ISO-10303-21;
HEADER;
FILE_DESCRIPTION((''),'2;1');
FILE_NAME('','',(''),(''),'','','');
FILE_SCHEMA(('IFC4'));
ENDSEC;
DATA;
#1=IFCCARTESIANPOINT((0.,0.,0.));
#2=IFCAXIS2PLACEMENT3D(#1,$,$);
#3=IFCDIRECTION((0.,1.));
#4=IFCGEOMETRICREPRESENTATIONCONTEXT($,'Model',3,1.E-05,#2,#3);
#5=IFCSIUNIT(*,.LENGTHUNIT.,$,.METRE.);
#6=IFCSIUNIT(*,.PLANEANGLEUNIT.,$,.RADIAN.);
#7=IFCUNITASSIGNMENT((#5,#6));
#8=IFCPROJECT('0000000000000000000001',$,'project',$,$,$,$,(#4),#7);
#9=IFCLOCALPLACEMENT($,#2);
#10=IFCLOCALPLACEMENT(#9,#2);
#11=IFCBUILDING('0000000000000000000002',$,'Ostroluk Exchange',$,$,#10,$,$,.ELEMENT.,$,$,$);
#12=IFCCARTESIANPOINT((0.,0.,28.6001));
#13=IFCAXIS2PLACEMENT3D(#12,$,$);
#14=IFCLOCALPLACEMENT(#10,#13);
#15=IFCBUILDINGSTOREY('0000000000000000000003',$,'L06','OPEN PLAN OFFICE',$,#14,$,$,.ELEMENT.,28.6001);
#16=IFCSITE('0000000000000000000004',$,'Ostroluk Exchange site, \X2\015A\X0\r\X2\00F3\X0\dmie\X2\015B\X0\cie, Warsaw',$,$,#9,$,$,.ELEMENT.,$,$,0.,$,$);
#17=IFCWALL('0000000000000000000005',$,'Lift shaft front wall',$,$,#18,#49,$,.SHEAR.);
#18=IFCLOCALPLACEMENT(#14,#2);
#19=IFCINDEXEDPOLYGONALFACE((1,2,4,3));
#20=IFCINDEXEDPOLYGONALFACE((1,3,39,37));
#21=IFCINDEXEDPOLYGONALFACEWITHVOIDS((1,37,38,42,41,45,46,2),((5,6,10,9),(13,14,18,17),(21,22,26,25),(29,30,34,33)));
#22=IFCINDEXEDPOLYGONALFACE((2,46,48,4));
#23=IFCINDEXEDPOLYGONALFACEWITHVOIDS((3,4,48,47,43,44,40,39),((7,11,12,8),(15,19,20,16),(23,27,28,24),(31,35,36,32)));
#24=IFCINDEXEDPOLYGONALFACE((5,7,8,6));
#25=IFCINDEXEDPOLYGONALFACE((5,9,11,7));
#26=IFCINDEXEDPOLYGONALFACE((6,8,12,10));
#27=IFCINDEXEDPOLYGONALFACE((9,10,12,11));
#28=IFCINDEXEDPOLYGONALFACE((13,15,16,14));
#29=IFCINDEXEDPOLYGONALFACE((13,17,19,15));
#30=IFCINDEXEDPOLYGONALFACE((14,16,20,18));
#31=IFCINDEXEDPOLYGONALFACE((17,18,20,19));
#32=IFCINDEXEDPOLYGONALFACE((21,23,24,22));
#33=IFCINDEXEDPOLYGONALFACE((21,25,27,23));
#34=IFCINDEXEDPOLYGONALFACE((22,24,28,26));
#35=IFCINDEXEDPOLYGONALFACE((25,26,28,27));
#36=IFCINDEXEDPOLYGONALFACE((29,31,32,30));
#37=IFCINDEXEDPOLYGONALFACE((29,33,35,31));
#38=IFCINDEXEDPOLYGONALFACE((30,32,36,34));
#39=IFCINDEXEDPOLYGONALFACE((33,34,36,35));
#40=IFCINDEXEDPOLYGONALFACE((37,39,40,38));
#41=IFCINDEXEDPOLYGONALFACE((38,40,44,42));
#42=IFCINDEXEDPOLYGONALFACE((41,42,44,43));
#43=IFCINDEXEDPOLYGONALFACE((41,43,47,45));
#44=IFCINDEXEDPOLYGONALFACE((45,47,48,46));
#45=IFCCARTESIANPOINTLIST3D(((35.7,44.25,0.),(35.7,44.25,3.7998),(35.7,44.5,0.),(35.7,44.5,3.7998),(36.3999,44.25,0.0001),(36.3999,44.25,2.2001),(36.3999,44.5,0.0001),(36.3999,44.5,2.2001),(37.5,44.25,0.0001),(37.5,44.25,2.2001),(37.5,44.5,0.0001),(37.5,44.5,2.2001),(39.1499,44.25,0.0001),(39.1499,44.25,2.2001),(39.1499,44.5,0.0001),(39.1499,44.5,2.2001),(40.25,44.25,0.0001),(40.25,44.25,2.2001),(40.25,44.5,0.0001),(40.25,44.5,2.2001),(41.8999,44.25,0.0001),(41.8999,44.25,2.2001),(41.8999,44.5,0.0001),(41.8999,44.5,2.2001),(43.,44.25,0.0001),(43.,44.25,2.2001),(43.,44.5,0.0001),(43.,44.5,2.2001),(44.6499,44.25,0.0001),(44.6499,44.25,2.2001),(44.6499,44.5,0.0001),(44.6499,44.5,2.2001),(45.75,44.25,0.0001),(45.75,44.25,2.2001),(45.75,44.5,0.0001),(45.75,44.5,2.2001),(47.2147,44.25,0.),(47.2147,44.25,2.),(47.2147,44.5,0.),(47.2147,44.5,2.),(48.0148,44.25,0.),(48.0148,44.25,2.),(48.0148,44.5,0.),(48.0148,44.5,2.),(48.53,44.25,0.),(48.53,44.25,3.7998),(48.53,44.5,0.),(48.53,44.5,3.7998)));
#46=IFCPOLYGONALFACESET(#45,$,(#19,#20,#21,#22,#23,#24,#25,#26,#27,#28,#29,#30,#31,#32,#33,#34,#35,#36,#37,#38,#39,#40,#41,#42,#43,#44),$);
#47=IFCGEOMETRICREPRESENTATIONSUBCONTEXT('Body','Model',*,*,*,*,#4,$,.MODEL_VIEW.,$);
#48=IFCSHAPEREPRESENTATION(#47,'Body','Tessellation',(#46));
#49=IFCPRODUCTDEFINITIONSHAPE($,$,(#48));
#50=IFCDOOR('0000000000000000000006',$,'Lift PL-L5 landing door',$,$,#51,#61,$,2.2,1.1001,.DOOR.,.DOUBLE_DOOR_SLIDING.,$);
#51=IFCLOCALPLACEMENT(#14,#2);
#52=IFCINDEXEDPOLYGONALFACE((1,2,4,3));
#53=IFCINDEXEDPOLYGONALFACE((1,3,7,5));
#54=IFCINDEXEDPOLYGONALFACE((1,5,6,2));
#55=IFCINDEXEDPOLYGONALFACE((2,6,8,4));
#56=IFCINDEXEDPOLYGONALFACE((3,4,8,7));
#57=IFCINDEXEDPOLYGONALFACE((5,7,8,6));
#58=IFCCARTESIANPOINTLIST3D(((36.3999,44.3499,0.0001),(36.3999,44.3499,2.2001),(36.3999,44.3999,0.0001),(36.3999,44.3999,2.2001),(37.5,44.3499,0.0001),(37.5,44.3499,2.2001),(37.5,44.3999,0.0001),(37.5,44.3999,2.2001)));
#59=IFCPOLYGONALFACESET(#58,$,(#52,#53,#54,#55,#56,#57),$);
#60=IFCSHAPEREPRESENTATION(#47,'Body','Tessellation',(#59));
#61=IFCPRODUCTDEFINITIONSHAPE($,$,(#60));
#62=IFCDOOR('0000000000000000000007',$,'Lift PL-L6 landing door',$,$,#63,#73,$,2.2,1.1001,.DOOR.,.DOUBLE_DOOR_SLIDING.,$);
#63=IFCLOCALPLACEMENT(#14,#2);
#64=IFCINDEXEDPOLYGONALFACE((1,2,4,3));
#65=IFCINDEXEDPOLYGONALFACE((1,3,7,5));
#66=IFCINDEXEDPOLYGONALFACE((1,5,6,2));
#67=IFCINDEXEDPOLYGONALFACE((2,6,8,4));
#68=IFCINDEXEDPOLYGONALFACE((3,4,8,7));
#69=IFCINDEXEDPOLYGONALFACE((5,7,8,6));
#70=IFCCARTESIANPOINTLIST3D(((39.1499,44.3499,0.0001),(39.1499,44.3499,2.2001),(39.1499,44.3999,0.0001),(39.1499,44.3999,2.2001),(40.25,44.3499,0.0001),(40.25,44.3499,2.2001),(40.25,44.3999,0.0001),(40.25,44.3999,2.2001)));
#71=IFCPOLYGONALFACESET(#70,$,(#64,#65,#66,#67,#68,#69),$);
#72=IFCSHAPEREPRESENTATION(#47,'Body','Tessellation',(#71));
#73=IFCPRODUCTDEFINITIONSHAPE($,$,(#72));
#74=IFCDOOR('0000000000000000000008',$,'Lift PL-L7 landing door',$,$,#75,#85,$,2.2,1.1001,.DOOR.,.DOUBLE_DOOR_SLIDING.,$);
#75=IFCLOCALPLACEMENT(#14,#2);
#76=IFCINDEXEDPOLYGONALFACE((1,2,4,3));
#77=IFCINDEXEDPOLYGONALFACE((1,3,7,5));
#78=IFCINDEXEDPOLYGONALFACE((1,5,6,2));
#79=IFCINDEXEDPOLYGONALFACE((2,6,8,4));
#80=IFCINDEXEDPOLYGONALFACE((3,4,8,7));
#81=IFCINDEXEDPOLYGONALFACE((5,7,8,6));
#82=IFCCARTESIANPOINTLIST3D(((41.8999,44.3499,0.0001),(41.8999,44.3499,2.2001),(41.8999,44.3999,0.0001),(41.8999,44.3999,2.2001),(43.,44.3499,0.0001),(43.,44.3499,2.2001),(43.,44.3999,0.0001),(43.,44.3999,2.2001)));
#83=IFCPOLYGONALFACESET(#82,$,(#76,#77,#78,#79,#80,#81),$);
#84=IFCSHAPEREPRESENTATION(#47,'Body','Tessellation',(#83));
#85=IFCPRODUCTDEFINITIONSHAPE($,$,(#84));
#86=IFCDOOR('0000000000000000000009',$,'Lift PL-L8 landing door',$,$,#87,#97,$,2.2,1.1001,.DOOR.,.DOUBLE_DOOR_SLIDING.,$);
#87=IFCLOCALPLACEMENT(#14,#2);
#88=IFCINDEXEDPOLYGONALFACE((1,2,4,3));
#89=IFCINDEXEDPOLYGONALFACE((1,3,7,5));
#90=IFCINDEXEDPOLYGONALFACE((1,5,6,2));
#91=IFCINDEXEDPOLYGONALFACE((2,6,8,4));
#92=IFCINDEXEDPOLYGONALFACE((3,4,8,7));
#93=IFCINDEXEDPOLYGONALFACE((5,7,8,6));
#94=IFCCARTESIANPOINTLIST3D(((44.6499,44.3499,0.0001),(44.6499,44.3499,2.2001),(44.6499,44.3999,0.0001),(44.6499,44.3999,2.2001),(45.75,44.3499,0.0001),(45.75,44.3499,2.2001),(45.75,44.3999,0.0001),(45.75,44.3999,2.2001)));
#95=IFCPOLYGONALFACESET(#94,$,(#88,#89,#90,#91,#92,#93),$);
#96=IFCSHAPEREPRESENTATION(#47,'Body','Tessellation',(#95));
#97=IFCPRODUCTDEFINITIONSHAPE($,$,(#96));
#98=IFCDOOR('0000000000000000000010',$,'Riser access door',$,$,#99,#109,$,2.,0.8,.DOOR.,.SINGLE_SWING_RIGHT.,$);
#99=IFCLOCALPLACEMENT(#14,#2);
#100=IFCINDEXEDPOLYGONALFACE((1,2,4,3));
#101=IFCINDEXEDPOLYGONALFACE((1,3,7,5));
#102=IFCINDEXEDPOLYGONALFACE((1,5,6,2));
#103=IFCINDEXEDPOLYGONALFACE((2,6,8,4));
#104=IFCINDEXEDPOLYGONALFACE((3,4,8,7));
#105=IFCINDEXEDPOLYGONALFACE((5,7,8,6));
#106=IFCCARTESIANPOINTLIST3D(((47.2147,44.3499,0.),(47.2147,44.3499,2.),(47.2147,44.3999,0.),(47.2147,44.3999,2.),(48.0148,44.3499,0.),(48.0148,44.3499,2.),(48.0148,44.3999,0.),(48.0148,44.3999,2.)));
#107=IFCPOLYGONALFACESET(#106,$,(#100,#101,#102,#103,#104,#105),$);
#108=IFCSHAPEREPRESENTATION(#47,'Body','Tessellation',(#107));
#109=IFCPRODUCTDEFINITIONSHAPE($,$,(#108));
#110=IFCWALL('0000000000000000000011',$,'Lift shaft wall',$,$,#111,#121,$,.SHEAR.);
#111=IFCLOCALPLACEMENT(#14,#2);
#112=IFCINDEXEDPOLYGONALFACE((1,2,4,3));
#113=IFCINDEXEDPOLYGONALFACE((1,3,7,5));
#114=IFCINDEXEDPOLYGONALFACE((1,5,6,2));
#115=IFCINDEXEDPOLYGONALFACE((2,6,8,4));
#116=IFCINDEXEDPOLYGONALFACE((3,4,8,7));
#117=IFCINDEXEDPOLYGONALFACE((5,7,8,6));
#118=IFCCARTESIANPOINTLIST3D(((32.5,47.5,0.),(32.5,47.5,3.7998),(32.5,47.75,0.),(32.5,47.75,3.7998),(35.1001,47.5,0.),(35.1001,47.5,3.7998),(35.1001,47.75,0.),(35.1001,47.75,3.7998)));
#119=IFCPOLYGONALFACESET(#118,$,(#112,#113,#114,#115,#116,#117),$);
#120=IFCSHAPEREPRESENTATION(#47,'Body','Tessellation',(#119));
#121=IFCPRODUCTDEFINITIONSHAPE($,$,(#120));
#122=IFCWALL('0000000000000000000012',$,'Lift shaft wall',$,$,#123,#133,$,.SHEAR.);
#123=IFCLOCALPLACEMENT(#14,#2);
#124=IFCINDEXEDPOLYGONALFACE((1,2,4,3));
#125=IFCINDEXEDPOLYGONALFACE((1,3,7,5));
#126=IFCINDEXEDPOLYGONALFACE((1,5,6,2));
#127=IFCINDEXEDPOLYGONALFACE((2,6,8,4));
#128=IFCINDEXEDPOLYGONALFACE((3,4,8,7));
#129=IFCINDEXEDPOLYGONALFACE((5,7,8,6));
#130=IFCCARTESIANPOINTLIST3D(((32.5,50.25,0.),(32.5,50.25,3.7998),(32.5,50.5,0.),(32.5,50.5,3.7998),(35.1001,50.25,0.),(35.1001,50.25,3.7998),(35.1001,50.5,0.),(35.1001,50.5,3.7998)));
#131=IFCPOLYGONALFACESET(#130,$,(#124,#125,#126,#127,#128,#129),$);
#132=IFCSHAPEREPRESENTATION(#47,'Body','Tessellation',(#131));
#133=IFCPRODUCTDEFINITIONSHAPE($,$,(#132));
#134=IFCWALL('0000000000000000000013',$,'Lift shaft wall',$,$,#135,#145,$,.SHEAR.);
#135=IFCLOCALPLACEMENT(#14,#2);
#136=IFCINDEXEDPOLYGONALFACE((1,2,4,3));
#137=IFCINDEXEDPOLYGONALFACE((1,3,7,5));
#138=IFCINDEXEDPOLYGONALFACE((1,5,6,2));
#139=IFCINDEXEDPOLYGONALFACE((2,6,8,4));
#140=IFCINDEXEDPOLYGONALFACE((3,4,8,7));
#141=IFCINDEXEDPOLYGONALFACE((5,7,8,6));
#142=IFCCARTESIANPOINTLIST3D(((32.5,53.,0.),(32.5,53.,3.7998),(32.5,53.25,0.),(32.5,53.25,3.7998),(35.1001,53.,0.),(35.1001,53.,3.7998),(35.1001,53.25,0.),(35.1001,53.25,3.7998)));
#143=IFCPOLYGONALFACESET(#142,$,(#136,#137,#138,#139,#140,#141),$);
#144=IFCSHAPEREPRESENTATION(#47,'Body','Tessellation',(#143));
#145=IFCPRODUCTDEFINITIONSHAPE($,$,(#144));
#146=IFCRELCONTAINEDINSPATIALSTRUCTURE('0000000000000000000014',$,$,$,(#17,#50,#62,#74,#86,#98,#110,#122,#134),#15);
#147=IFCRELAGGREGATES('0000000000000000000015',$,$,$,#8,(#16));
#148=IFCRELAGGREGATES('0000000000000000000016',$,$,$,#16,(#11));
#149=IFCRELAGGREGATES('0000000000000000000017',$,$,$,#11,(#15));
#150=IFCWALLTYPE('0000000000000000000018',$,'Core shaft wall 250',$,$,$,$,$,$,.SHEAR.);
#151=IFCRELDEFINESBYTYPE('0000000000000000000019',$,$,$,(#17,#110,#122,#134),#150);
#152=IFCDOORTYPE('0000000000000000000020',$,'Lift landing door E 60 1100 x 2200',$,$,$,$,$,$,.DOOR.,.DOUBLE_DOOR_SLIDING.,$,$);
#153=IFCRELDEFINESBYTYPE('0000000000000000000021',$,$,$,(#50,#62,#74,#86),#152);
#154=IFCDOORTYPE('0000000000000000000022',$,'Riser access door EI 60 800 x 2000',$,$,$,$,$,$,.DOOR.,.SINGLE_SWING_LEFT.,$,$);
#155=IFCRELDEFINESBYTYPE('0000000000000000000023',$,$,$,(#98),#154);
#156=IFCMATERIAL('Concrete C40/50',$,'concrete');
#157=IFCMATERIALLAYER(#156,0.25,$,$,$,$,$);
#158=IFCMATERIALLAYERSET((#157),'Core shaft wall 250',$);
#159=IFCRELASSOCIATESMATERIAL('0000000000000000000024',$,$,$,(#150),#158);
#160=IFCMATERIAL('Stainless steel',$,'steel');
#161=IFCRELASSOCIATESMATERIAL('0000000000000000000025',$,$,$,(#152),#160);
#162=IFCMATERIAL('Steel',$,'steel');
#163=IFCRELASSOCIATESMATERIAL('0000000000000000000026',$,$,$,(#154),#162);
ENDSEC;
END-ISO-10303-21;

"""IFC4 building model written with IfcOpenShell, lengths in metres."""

from ifc_helpers import new_model, si_unit, direction, frame, frame_2d, origin, place, context, subcontext, project, spatial, rectangle, extrude, material, layer, layer_set, type_object, element, fill, save


model = new_model("IFC4")

# Units and contexts
model_context = context("Model", 3, precision=1e-05, world=origin(), true_north=direction((0.0, 1.0)))
body_context = subcontext(model_context, "Body", "Model", "MODEL_VIEW")
ifc_project = project(units=[si_unit("LENGTHUNIT", "METRE"), si_unit("PLANEANGLEUNIT", "RADIAN")], contexts=[model_context])

# Site, building, storey
site_placement = place(None, origin())
site = spatial("IfcSite", under=ifc_project, at=site_placement, Name="Ostroluk Exchange site, Śródmieście, Warsaw", CompositionType="ELEMENT", RefElevation=0.0)
building_placement = place(site_placement, origin())
building = spatial("IfcBuilding", under=site, at=building_placement, Name="Ostroluk Exchange", CompositionType="ELEMENT")
storey_placement = place(building_placement, frame((0.0, 0.0, 28.6001)))
storey = spatial("IfcBuildingStorey", under=building, at=storey_placement, Name="L06", Description="OPEN PLAN OFFICE", CompositionType="ELEMENT", Elevation=28.6001)

# Shared definitions
ifc_material_1 = material(Name="Concrete C40/50", Category="concrete")
ifc_layer_1 = layer(ifc_material_1, 0.25)
ifc_layer_set_1 = layer_set([ifc_layer_1], Name="Core shaft wall 250")
wall_type_1 = type_object("IfcWallType", Name="Core shaft wall 250", PredefinedType="SHEAR", material=ifc_layer_set_1)

# Wall, openings, doors
ifc_material_2 = material(Name="Stainless steel", Category="steel")
door_type_1 = type_object("IfcDoorType", Name="Lift landing door E 60 1100 x 2200", OperationType="DOUBLE_DOOR_SLIDING", PredefinedType="DOOR", material=ifc_material_2)
ifc_material_3 = material(Name="Steel", Category="steel")
door_type_2 = type_object("IfcDoorType", Name="Riser access door EI 60 800 x 2000", OperationType="SINGLE_SWING_LEFT", PredefinedType="DOOR", material=ifc_material_3)
wall_1_placement = place(storey_placement, frame((35.7, 44.375, 0.0), z_axis=(0.0, 0.0, 1.0), x_axis=(1.0, 0.0, 0.0)))
wall_1 = element("IfcWall", 1, at=wall_1_placement, inside=storey, type_object=wall_type_1, Name="Lift shaft front wall", PredefinedType="SHEAR", context=body_context, shape_type="SweptSolid", body=[
    extrude(rectangle(XDim=12.8301, YDim=0.25, at=frame_2d((6.415, 0.0))), origin(), (0.0, 0.0, 1.0), 3.7998),
])
opening_1_placement = place(wall_1_placement, frame((0.7, 0.0, 0.0)))
opening_1 = element("IfcOpeningElement", 2, at=opening_1_placement, cuts=wall_1, PredefinedType="OPENING", context=body_context, shape_type="SweptSolid", body=[
    extrude(rectangle(XDim=1.1001, YDim=2.2, at=frame_2d((0.55, 1.1001))), frame((0.0, 0.135, 0.0), z_axis=(0.0, -1.0, 0.0), x_axis=(1.0, 0.0, 0.0)), (0.0, 0.0, 1.0), 0.27),
])
opening_2_placement = place(wall_1_placement, frame((3.45, 0.0, 0.0)))
opening_2 = element("IfcOpeningElement", 3, at=opening_2_placement, cuts=wall_1, PredefinedType="OPENING", context=body_context, shape_type="SweptSolid", body=[
    extrude(rectangle(XDim=1.1001, YDim=2.2, at=frame_2d((0.55, 1.1001))), frame((0.0, 0.135, 0.0), z_axis=(0.0, -1.0, 0.0), x_axis=(1.0, 0.0, 0.0)), (0.0, 0.0, 1.0), 0.27),
])
opening_3_placement = place(wall_1_placement, frame((6.2, 0.0, 0.0)))
opening_3 = element("IfcOpeningElement", 4, at=opening_3_placement, cuts=wall_1, PredefinedType="OPENING", context=body_context, shape_type="SweptSolid", body=[
    extrude(rectangle(XDim=1.1001, YDim=2.2, at=frame_2d((0.55, 1.1001))), frame((0.0, 0.135, 0.0), z_axis=(0.0, -1.0, 0.0), x_axis=(1.0, 0.0, 0.0)), (0.0, 0.0, 1.0), 0.27),
])
opening_4_placement = place(wall_1_placement, frame((8.95, 0.0, 0.0)))
opening_4 = element("IfcOpeningElement", 5, at=opening_4_placement, cuts=wall_1, PredefinedType="OPENING", context=body_context, shape_type="SweptSolid", body=[
    extrude(rectangle(XDim=1.1001, YDim=2.2, at=frame_2d((0.55, 1.1001))), frame((0.0, 0.135, 0.0), z_axis=(0.0, -1.0, 0.0), x_axis=(1.0, 0.0, 0.0)), (0.0, 0.0, 1.0), 0.27),
])
opening_5_placement = place(wall_1_placement, frame((11.5149, 0.0, 0.0)))
opening_5 = element("IfcOpeningElement", 6, at=opening_5_placement, cuts=wall_1, PredefinedType="OPENING", context=body_context, shape_type="SweptSolid", body=[
    extrude(rectangle(XDim=0.8, YDim=2.0, at=frame_2d((0.3999, 1.0))), frame((0.0, 0.135, 0.0), z_axis=(0.0, -1.0, 0.0), x_axis=(1.0, 0.0, 0.0)), (0.0, 0.0, 1.0), 0.27),
])
door_1_placement = place(opening_1_placement, origin())
door_1 = element("IfcDoor", 7, at=door_1_placement, inside=storey, type_object=door_type_1, Name="Lift PL-L5 landing door", OperationType="DOUBLE_DOOR_SLIDING", OverallHeight=2.2, OverallWidth=1.1001, PredefinedType="DOOR", context=body_context, shape_type="SweptSolid", body=[
    extrude(rectangle(XDim=1.1001, YDim=2.2, at=frame_2d((0.55, 1.1001))), frame((0.0, 0.0249, 0.0), z_axis=(0.0, -1.0, 0.0), x_axis=(1.0, 0.0, 0.0)), (0.0, 0.0, 1.0), 0.05),
])
fill(opening_1, door_1)
door_2_placement = place(opening_2_placement, origin())
door_2 = element("IfcDoor", 8, at=door_2_placement, inside=storey, type_object=door_type_1, Name="Lift PL-L6 landing door", OperationType="DOUBLE_DOOR_SLIDING", OverallHeight=2.2, OverallWidth=1.1001, PredefinedType="DOOR", context=body_context, shape_type="SweptSolid", body=[
    extrude(rectangle(XDim=1.1001, YDim=2.2, at=frame_2d((0.55, 1.1001))), frame((0.0, 0.0249, 0.0), z_axis=(0.0, -1.0, 0.0), x_axis=(1.0, 0.0, 0.0)), (0.0, 0.0, 1.0), 0.05),
])
fill(opening_2, door_2)
door_3_placement = place(opening_3_placement, origin())
door_3 = element("IfcDoor", 9, at=door_3_placement, inside=storey, type_object=door_type_1, Name="Lift PL-L7 landing door", OperationType="DOUBLE_DOOR_SLIDING", OverallHeight=2.2, OverallWidth=1.1001, PredefinedType="DOOR", context=body_context, shape_type="SweptSolid", body=[
    extrude(rectangle(XDim=1.1001, YDim=2.2, at=frame_2d((0.55, 1.1001))), frame((0.0, 0.0249, 0.0), z_axis=(0.0, -1.0, 0.0), x_axis=(1.0, 0.0, 0.0)), (0.0, 0.0, 1.0), 0.05),
])
fill(opening_3, door_3)
door_4_placement = place(opening_4_placement, origin())
door_4 = element("IfcDoor", 10, at=door_4_placement, inside=storey, type_object=door_type_1, Name="Lift PL-L8 landing door", OperationType="DOUBLE_DOOR_SLIDING", OverallHeight=2.2, OverallWidth=1.1001, PredefinedType="DOOR", context=body_context, shape_type="SweptSolid", body=[
    extrude(rectangle(XDim=1.1001, YDim=2.2, at=frame_2d((0.55, 1.1001))), frame((0.0, 0.0249, 0.0), z_axis=(0.0, -1.0, 0.0), x_axis=(1.0, 0.0, 0.0)), (0.0, 0.0, 1.0), 0.05),
])
fill(opening_4, door_4)
door_5_placement = place(opening_5_placement, origin())
door_5 = element("IfcDoor", 11, at=door_5_placement, inside=storey, type_object=door_type_2, Name="Riser access door", OperationType="SINGLE_SWING_RIGHT", OverallHeight=2.0, OverallWidth=0.8, PredefinedType="DOOR", context=body_context, shape_type="SweptSolid", body=[
    extrude(rectangle(XDim=0.8, YDim=2.0, at=frame_2d((0.3999, 1.0))), frame((0.0, 0.0249, 0.0), z_axis=(0.0, -1.0, 0.0), x_axis=(1.0, 0.0, 0.0)), (0.0, 0.0, 1.0), 0.05),
])
fill(opening_5, door_5)

# Walls
for number, where, z_axis, x_axis, name in (
    (12, (32.5, 47.625, 0.0), (0.0, 0.0, 1.0), (1.0, 0.0, 0.0), "Lift shaft wall"),
    (13, (32.5, 50.375, 0.0), (0.0, 0.0, 1.0), (1.0, 0.0, 0.0), "Lift shaft wall"),
    (14, (32.5, 53.125, 0.0), (0.0, 0.0, 1.0), (1.0, 0.0, 0.0), "Lift shaft wall"),
):
    element("IfcWall", number, at=place(storey_placement, frame(where, z_axis=z_axis, x_axis=x_axis)), inside=storey, type_object=wall_type_1, Name=name, PredefinedType="SHEAR", context=body_context, shape_type="SweptSolid", body=[
        extrude(rectangle(XDim=2.6001, YDim=0.25, at=frame_2d((1.3, 0.0))), origin(), (0.0, 0.0, 1.0), 3.7998),
    ])

save(model, "model.ifc")
